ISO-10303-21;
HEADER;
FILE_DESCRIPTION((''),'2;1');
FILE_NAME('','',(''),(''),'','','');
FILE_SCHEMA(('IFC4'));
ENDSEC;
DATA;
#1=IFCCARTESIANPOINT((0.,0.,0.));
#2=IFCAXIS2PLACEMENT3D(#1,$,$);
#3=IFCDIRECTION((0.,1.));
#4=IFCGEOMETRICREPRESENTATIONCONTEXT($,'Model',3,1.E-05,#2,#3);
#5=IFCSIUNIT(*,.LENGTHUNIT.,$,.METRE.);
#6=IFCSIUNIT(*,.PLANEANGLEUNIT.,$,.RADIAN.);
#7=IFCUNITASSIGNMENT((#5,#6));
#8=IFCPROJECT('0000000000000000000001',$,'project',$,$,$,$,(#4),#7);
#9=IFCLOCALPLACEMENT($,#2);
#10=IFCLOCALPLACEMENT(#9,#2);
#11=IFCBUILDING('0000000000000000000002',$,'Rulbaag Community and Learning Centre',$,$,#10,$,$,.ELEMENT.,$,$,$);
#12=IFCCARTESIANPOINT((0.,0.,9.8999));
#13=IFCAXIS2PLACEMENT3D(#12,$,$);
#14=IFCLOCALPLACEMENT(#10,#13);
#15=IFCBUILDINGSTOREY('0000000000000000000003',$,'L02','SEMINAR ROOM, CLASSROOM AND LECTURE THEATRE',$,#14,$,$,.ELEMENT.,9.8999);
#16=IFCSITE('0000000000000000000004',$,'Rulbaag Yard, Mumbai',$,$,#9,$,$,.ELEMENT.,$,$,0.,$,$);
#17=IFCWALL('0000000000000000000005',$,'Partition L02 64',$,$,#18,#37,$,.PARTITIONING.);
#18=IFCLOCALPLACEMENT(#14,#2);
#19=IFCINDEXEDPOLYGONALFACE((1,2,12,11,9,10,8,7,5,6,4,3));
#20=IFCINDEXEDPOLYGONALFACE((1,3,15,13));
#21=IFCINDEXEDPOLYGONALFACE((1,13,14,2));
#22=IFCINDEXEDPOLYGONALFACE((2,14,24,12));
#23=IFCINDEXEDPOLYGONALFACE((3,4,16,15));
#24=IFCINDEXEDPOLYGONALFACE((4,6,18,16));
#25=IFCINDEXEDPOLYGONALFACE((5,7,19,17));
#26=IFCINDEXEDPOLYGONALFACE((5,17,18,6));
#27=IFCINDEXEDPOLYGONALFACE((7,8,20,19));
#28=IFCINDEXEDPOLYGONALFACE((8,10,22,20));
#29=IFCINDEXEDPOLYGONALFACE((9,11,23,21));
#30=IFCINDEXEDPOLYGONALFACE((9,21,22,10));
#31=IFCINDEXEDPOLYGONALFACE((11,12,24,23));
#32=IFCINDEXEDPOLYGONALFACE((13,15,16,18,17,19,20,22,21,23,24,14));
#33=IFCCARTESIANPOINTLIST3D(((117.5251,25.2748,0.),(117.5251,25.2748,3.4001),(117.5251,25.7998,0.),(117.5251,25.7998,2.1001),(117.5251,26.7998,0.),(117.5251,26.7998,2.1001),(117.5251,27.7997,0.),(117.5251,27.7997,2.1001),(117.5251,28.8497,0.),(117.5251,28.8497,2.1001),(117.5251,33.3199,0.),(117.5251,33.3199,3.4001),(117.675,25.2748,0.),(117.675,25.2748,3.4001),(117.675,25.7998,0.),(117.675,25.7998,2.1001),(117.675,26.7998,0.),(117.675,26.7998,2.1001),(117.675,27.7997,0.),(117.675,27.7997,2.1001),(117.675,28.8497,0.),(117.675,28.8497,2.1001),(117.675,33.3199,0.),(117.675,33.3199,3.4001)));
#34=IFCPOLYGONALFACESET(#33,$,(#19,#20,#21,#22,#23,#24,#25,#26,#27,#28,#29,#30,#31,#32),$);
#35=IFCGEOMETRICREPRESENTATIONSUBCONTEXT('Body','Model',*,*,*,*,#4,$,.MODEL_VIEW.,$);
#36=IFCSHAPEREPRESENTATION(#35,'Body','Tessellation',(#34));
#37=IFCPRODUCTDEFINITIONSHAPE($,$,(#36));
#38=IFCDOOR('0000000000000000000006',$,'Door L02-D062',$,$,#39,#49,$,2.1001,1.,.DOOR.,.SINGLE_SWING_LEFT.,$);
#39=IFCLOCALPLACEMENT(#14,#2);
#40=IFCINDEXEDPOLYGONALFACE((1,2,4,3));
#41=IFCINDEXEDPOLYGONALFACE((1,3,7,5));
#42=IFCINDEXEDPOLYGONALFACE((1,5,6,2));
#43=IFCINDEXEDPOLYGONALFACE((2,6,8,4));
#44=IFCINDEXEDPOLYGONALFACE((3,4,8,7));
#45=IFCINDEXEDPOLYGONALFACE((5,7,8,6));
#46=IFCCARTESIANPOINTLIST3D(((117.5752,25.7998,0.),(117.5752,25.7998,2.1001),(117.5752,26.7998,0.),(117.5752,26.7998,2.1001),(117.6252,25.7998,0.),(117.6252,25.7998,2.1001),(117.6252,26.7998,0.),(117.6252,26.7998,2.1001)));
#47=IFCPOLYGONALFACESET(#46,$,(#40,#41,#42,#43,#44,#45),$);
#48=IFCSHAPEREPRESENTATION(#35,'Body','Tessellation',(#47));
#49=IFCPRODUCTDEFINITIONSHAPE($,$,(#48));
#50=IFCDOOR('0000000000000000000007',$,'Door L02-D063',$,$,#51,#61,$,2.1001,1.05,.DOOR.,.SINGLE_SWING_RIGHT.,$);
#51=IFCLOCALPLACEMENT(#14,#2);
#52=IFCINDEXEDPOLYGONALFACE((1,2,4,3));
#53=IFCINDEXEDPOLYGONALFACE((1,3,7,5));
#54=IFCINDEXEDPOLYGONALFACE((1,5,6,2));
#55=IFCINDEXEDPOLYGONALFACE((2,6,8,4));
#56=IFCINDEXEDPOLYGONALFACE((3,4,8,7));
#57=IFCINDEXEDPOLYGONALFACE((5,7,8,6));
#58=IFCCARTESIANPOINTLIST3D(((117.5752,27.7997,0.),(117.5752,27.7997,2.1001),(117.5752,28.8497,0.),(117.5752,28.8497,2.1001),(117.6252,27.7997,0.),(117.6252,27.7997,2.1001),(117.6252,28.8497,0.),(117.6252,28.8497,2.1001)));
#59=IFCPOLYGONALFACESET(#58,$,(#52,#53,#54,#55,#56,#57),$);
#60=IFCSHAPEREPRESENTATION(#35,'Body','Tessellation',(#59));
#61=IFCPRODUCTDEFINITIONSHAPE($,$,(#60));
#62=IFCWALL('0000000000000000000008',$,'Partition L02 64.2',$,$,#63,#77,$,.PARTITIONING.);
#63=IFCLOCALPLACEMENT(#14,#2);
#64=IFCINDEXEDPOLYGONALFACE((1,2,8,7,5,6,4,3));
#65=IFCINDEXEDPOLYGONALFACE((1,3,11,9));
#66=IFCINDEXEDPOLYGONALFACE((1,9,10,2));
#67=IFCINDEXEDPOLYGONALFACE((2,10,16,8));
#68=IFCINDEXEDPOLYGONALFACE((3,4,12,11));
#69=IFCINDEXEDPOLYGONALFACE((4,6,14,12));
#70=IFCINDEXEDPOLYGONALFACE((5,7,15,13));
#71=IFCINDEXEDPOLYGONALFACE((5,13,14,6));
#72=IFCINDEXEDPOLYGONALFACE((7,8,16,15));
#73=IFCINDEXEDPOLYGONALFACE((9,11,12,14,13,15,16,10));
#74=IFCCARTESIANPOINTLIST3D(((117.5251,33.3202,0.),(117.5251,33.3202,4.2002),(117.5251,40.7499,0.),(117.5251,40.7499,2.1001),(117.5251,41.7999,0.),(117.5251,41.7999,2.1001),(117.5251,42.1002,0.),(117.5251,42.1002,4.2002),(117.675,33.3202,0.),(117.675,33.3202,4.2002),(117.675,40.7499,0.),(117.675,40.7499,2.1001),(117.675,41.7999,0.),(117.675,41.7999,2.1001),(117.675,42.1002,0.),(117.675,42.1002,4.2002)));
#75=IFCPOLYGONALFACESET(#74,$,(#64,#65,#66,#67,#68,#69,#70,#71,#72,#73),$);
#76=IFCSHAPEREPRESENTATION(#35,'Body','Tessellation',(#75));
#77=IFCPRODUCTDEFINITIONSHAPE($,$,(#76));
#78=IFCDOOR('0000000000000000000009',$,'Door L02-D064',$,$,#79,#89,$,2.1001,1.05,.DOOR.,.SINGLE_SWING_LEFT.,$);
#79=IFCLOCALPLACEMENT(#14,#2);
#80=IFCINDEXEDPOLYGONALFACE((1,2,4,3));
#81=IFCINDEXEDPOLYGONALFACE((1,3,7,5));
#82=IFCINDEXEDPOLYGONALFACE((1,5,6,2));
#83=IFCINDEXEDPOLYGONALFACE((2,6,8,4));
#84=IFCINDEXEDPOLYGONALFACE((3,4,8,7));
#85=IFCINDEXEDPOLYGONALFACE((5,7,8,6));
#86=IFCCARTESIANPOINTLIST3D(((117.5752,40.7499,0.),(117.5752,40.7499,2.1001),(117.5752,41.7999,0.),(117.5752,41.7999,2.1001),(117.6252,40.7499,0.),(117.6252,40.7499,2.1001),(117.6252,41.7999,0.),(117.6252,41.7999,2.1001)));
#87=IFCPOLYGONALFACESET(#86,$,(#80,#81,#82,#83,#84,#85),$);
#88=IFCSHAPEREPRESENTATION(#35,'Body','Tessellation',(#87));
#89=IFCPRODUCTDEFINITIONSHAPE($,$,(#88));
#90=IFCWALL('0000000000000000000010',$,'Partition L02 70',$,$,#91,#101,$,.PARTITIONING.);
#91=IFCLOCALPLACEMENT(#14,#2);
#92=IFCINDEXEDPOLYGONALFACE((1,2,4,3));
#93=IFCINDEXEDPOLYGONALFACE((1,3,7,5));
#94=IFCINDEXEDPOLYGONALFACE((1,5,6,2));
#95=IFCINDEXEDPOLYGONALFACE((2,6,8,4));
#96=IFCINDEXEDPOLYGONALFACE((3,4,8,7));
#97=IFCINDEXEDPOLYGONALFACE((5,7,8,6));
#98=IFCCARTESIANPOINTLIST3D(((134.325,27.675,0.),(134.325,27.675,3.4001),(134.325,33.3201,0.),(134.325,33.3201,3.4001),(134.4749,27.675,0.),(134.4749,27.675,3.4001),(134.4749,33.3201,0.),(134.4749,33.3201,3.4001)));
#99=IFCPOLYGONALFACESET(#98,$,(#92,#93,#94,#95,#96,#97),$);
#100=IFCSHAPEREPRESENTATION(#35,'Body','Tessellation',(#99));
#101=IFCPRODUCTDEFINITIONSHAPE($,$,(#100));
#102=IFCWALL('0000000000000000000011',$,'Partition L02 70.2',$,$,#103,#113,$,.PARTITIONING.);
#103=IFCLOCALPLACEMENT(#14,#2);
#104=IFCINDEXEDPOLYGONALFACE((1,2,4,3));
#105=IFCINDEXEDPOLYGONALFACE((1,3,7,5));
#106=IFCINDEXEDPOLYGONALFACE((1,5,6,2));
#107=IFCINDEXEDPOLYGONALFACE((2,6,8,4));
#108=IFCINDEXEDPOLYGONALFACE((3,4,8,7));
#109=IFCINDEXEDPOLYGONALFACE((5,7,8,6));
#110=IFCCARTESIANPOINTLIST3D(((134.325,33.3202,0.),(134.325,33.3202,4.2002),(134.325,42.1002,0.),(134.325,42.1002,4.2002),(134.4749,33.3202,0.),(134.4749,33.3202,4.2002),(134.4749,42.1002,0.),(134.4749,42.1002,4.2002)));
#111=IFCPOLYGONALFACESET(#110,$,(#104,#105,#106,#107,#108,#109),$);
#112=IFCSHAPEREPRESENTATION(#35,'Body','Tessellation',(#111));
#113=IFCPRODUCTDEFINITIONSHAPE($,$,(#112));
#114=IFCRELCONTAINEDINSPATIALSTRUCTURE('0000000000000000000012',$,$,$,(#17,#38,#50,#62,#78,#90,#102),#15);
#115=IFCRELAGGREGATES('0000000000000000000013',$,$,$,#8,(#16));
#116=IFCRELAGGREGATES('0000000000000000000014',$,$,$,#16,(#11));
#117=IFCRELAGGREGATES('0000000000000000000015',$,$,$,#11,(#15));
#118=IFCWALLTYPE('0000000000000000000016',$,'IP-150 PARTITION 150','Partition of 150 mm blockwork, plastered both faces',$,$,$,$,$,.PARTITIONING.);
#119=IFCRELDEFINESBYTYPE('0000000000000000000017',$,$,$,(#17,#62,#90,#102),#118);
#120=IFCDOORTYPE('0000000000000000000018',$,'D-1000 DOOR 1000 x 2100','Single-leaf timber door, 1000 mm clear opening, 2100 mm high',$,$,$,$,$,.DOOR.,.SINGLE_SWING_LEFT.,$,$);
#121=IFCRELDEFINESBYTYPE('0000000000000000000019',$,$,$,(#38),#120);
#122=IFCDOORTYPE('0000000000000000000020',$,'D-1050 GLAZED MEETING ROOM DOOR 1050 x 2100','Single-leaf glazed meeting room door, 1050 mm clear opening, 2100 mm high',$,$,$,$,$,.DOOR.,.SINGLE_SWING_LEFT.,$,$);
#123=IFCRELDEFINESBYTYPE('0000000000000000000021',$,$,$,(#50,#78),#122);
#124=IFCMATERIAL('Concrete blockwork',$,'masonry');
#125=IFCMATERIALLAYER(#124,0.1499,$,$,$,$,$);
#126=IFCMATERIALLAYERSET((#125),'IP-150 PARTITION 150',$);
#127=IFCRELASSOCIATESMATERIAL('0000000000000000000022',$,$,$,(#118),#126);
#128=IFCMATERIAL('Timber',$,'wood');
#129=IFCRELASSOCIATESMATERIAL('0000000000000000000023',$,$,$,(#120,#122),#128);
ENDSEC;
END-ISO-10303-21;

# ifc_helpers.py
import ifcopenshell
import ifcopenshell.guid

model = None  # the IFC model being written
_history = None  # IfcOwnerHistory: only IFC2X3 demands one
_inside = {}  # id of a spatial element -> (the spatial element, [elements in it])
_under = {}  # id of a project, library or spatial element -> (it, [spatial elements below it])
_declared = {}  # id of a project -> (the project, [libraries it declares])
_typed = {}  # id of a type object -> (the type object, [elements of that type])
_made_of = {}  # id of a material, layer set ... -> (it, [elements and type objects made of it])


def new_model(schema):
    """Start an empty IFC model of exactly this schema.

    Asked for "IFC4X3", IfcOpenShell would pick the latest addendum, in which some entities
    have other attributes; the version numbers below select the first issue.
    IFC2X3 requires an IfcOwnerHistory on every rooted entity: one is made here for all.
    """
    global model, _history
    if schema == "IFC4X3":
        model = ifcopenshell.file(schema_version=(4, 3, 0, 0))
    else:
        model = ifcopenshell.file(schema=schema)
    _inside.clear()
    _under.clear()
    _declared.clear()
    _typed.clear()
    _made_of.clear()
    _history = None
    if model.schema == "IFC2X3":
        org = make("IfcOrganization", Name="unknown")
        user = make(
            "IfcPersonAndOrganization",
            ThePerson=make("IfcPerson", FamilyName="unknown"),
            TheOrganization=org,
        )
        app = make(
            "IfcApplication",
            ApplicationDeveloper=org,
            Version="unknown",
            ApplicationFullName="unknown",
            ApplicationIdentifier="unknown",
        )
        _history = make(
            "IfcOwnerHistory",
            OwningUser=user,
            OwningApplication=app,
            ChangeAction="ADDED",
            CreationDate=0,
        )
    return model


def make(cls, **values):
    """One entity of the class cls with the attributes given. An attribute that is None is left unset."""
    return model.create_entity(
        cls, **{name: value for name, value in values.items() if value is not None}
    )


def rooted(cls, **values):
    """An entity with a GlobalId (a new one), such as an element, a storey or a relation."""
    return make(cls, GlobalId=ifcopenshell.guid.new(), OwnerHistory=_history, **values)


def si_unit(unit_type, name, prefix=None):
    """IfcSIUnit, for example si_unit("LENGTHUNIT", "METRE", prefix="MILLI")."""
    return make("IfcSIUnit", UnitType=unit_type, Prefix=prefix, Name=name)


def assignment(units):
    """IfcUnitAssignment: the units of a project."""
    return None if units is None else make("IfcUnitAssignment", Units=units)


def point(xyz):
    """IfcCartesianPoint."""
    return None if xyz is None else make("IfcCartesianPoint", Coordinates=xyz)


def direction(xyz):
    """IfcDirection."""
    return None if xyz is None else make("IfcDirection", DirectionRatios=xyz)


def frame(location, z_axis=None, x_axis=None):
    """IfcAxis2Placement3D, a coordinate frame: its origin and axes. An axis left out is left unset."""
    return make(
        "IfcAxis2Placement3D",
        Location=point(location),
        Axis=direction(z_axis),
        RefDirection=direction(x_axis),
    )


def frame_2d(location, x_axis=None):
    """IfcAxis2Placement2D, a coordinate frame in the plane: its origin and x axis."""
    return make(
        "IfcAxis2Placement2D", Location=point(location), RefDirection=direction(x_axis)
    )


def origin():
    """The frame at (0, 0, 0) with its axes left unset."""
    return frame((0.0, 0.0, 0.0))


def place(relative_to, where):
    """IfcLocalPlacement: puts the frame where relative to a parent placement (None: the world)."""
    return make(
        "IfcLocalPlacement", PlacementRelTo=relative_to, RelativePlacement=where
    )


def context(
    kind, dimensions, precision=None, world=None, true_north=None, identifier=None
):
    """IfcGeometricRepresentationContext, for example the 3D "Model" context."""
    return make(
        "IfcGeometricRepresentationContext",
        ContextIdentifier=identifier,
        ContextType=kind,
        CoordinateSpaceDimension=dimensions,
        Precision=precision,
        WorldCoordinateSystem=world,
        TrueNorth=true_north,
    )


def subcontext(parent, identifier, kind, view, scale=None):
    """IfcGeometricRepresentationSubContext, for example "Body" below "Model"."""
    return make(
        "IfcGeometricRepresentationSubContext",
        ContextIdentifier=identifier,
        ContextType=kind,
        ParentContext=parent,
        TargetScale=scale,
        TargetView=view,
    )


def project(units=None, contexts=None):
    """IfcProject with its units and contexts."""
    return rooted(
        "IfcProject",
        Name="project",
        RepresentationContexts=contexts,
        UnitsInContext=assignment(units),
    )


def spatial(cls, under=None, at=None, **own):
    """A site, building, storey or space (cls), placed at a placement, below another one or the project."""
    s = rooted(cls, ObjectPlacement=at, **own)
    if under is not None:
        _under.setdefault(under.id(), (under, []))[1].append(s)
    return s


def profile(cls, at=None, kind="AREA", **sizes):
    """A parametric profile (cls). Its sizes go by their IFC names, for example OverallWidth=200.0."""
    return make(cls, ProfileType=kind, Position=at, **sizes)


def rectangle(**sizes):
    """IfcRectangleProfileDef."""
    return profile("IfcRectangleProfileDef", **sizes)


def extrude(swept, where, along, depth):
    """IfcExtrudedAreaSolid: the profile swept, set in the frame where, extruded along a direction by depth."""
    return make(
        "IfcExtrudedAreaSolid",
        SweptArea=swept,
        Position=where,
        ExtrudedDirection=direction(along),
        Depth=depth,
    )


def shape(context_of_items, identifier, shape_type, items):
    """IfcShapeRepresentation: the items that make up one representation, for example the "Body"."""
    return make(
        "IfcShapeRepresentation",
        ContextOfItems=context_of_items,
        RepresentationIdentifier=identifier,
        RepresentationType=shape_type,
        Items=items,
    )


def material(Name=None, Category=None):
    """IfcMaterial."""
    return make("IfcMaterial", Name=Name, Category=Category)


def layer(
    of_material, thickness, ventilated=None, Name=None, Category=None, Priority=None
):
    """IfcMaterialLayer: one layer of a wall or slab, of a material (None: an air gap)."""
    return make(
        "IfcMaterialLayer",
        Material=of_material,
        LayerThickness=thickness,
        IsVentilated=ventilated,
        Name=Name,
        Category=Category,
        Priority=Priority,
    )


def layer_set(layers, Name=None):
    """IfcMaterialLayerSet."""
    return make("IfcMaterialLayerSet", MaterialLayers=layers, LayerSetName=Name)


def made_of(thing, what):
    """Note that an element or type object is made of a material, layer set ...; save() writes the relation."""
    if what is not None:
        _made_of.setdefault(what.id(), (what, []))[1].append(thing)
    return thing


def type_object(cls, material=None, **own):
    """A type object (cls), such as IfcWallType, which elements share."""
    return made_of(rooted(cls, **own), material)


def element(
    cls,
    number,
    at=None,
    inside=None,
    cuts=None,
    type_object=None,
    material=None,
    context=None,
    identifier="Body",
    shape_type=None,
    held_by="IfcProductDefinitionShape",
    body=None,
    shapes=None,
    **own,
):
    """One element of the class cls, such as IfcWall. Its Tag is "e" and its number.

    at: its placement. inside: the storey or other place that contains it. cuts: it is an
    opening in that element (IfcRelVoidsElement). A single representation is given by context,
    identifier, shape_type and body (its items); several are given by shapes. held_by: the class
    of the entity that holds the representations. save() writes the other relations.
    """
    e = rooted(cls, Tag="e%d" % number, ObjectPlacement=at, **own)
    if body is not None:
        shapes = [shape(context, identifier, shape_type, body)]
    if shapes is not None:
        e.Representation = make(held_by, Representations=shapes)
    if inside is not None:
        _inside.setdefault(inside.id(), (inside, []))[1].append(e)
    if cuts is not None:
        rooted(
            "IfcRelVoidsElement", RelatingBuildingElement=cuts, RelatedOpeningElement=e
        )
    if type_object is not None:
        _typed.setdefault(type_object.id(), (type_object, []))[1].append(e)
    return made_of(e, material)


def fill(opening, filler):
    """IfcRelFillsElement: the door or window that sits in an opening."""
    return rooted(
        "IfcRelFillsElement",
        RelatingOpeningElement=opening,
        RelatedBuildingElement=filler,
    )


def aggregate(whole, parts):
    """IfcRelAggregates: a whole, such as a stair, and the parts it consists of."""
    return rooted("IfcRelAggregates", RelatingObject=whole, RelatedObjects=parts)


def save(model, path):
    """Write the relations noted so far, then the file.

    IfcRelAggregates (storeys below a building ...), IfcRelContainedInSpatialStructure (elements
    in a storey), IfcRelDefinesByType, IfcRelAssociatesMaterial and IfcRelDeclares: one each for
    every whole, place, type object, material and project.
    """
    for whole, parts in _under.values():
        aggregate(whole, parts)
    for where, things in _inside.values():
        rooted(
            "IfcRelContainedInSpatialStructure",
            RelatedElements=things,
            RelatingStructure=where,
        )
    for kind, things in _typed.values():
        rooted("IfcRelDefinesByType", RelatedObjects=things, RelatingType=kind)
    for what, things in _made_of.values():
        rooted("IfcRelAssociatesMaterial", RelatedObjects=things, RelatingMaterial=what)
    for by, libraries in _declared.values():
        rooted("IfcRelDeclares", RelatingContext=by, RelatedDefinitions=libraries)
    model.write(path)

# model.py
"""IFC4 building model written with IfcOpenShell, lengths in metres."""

from ifc_helpers import new_model, si_unit, direction, frame, frame_2d, origin, place, context, subcontext, project, spatial, rectangle, extrude, material, layer, layer_set, type_object, element, fill, save


model = new_model("IFC4")

# Units and contexts
model_context = context("Model", 3, precision=1e-05, world=origin(), true_north=direction((0.0, 1.0)))
body_context = subcontext(model_context, "Body", "Model", "MODEL_VIEW")
ifc_project = project(units=[si_unit("LENGTHUNIT", "METRE"), si_unit("PLANEANGLEUNIT", "RADIAN")], contexts=[model_context])

# Site, building, storey
site_placement = place(None, origin())
site = spatial("IfcSite", under=ifc_project, at=site_placement, Name="Rulbaag Yard, Mumbai", CompositionType="ELEMENT", RefElevation=0.0)
building_placement = place(site_placement, origin())
building = spatial("IfcBuilding", under=site, at=building_placement, Name="Rulbaag Community and Learning Centre", CompositionType="ELEMENT")
storey_placement = place(building_placement, frame((0.0, 0.0, 9.8999)))
storey = spatial("IfcBuildingStorey", under=building, at=storey_placement, Name="L02", Description="SEMINAR ROOM, CLASSROOM AND LECTURE THEATRE", CompositionType="ELEMENT", Elevation=9.8999)

# Shared definitions
ifc_material_1 = material(Name="Concrete blockwork", Category="masonry")
ifc_layer = layer(ifc_material_1, 0.1499)
ifc_layer_set = layer_set([ifc_layer], Name="IP-150 PARTITION 150")
wall_type = type_object("IfcWallType", Name="IP-150 PARTITION 150", Description="Partition of 150 mm blockwork, plastered both faces", PredefinedType="PARTITIONING", material=ifc_layer_set)

# Wall, openings, doors
wall_1_placement = place(storey_placement, frame((117.6001, 25.2749, 0.0), z_axis=(0.0, 0.0, 1.0), x_axis=(0.0, 1.0, 0.0)))
wall_1 = element("IfcWall", 1, at=wall_1_placement, inside=storey, type_object=wall_type, Name="Partition L02 64", PredefinedType="PARTITIONING", context=body_context, shape_type="SweptSolid", body=[
    extrude(rectangle(XDim=8.0452, YDim=0.1499, at=frame_2d((4.0225, 0.0))), origin(), (0.0, 0.0, 1.0), 3.4001),
])
opening_1_placement = place(wall_1_placement, frame((2.5249, 0.0, 0.0)))
opening_1 = element("IfcOpeningElement", 2, at=opening_1_placement, cuts=wall_1, PredefinedType="OPENING", context=body_context, shape_type="SweptSolid", body=[
    extrude(rectangle(XDim=1.05, YDim=2.1001, at=frame_2d((0.5249, 1.05))), frame((0.0, 0.085, 0.0), z_axis=(0.0, -1.0, 0.0), x_axis=(1.0, 0.0, 0.0)), (0.0, 0.0, 1.0), 0.1699),
])
opening_2_placement = place(wall_1_placement, frame((0.5249, 0.0, 0.0)))
opening_2 = element("IfcOpeningElement", 3, at=opening_2_placement, cuts=wall_1, PredefinedType="OPENING", context=body_context, shape_type="SweptSolid", body=[
    extrude(rectangle(XDim=1.0, YDim=2.1001, at=frame_2d((0.5, 1.05))), frame((0.0, 0.085, 0.0), z_axis=(0.0, -1.0, 0.0), x_axis=(1.0, 0.0, 0.0)), (0.0, 0.0, 1.0), 0.1699),
])
ifc_material_2 = material(Name="Timber", Category="wood")
door_type_1 = type_object("IfcDoorType", Name="D-1000 DOOR 1000 x 2100", Description="Single-leaf timber door, 1000 mm clear opening, 2100 mm high", OperationType="SINGLE_SWING_LEFT", PredefinedType="DOOR", material=ifc_material_2)
door_1_placement = place(opening_2_placement, origin())
door_1 = element("IfcDoor", 4, at=door_1_placement, inside=storey, type_object=door_type_1, Name="Door L02-D062", OperationType="SINGLE_SWING_LEFT", OverallHeight=2.1001, OverallWidth=1.0, PredefinedType="DOOR", context=body_context, shape_type="SweptSolid", body=[
    extrude(rectangle(XDim=1.0, YDim=2.1001, at=frame_2d((0.5, 1.05))), frame((0.0, 0.0249, 0.0), z_axis=(0.0, -1.0, 0.0), x_axis=(1.0, 0.0, 0.0)), (0.0, 0.0, 1.0), 0.05),
])
fill(opening_2, door_1)
door_type_2 = type_object("IfcDoorType", Name="D-1050 GLAZED MEETING ROOM DOOR 1050 x 2100", Description="Single-leaf glazed meeting room door, 1050 mm clear opening, 2100 mm high", OperationType="SINGLE_SWING_LEFT", PredefinedType="DOOR", material=ifc_material_2)
door_2_placement = place(opening_1_placement, origin())
door_2 = element("IfcDoor", 5, at=door_2_placement, inside=storey, type_object=door_type_2, Name="Door L02-D063", OperationType="SINGLE_SWING_RIGHT", OverallHeight=2.1001, OverallWidth=1.05, PredefinedType="DOOR", context=body_context, shape_type="SweptSolid", body=[
    extrude(rectangle(XDim=1.05, YDim=2.1001, at=frame_2d((0.5249, 1.05))), frame((0.0, 0.0249, 0.0), z_axis=(0.0, -1.0, 0.0), x_axis=(1.0, 0.0, 0.0)), (0.0, 0.0, 1.0), 0.05),
])
fill(opening_1, door_2)

# Wall, opening, door
wall_2_placement = place(storey_placement, frame((117.6001, 33.3201, 0.0), z_axis=(0.0, 0.0, 1.0), x_axis=(0.0, 1.0, 0.0)))
wall_2 = element("IfcWall", 6, at=wall_2_placement, inside=storey, type_object=wall_type, Name="Partition L02 64.2", PredefinedType="PARTITIONING", context=body_context, shape_type="SweptSolid", body=[
    extrude(rectangle(XDim=8.78, YDim=0.1499, at=frame_2d((4.3901, 0.0))), origin(), (0.0, 0.0, 1.0), 4.2002),
])
opening_3_placement = place(wall_2_placement, frame((7.4299, 0.0, 0.0)))
opening_3 = element("IfcOpeningElement", 7, at=opening_3_placement, cuts=wall_2, PredefinedType="OPENING", context=body_context, shape_type="SweptSolid", body=[
    extrude(rectangle(XDim=1.05, YDim=2.1001, at=frame_2d((0.5249, 1.05))), frame((0.0, 0.085, 0.0), z_axis=(0.0, -1.0, 0.0), x_axis=(1.0, 0.0, 0.0)), (0.0, 0.0, 1.0), 0.1699),
])
door_3_placement = place(opening_3_placement, origin())
door_3 = element("IfcDoor", 8, at=door_3_placement, inside=storey, type_object=door_type_2, Name="Door L02-D064", OperationType="SINGLE_SWING_LEFT", OverallHeight=2.1001, OverallWidth=1.05, PredefinedType="DOOR", context=body_context, shape_type="SweptSolid", body=[
    extrude(rectangle(XDim=1.05, YDim=2.1001, at=frame_2d((0.5249, 1.05))), frame((0.0, 0.0249, 0.0), z_axis=(0.0, -1.0, 0.0), x_axis=(1.0, 0.0, 0.0)), (0.0, 0.0, 1.0), 0.05),
])
fill(opening_3, door_3)

# Walls
wall_3_placement = place(storey_placement, frame((134.3999, 27.675, 0.0), z_axis=(0.0, 0.0, 1.0), x_axis=(0.0, 1.0, 0.0)))
element("IfcWall", 9, at=wall_3_placement, inside=storey, type_object=wall_type, Name="Partition L02 70", PredefinedType="PARTITIONING", context=body_context, shape_type="SweptSolid", body=[
    extrude(rectangle(XDim=5.645, YDim=0.1499, at=frame_2d((2.8225, 0.0))), origin(), (0.0, 0.0, 1.0), 3.4001),
])
wall_4_placement = place(storey_placement, frame((134.3999, 33.3201, 0.0), z_axis=(0.0, 0.0, 1.0), x_axis=(0.0, 1.0, 0.0)))
element("IfcWall", 10, at=wall_4_placement, inside=storey, type_object=wall_type, Name="Partition L02 70.2", PredefinedType="PARTITIONING", context=body_context, shape_type="SweptSolid", body=[
    extrude(rectangle(XDim=8.78, YDim=0.1499, at=frame_2d((4.3901, 0.0))), origin(), (0.0, 0.0, 1.0), 4.2002),
])

save(model, "model.ifc")
